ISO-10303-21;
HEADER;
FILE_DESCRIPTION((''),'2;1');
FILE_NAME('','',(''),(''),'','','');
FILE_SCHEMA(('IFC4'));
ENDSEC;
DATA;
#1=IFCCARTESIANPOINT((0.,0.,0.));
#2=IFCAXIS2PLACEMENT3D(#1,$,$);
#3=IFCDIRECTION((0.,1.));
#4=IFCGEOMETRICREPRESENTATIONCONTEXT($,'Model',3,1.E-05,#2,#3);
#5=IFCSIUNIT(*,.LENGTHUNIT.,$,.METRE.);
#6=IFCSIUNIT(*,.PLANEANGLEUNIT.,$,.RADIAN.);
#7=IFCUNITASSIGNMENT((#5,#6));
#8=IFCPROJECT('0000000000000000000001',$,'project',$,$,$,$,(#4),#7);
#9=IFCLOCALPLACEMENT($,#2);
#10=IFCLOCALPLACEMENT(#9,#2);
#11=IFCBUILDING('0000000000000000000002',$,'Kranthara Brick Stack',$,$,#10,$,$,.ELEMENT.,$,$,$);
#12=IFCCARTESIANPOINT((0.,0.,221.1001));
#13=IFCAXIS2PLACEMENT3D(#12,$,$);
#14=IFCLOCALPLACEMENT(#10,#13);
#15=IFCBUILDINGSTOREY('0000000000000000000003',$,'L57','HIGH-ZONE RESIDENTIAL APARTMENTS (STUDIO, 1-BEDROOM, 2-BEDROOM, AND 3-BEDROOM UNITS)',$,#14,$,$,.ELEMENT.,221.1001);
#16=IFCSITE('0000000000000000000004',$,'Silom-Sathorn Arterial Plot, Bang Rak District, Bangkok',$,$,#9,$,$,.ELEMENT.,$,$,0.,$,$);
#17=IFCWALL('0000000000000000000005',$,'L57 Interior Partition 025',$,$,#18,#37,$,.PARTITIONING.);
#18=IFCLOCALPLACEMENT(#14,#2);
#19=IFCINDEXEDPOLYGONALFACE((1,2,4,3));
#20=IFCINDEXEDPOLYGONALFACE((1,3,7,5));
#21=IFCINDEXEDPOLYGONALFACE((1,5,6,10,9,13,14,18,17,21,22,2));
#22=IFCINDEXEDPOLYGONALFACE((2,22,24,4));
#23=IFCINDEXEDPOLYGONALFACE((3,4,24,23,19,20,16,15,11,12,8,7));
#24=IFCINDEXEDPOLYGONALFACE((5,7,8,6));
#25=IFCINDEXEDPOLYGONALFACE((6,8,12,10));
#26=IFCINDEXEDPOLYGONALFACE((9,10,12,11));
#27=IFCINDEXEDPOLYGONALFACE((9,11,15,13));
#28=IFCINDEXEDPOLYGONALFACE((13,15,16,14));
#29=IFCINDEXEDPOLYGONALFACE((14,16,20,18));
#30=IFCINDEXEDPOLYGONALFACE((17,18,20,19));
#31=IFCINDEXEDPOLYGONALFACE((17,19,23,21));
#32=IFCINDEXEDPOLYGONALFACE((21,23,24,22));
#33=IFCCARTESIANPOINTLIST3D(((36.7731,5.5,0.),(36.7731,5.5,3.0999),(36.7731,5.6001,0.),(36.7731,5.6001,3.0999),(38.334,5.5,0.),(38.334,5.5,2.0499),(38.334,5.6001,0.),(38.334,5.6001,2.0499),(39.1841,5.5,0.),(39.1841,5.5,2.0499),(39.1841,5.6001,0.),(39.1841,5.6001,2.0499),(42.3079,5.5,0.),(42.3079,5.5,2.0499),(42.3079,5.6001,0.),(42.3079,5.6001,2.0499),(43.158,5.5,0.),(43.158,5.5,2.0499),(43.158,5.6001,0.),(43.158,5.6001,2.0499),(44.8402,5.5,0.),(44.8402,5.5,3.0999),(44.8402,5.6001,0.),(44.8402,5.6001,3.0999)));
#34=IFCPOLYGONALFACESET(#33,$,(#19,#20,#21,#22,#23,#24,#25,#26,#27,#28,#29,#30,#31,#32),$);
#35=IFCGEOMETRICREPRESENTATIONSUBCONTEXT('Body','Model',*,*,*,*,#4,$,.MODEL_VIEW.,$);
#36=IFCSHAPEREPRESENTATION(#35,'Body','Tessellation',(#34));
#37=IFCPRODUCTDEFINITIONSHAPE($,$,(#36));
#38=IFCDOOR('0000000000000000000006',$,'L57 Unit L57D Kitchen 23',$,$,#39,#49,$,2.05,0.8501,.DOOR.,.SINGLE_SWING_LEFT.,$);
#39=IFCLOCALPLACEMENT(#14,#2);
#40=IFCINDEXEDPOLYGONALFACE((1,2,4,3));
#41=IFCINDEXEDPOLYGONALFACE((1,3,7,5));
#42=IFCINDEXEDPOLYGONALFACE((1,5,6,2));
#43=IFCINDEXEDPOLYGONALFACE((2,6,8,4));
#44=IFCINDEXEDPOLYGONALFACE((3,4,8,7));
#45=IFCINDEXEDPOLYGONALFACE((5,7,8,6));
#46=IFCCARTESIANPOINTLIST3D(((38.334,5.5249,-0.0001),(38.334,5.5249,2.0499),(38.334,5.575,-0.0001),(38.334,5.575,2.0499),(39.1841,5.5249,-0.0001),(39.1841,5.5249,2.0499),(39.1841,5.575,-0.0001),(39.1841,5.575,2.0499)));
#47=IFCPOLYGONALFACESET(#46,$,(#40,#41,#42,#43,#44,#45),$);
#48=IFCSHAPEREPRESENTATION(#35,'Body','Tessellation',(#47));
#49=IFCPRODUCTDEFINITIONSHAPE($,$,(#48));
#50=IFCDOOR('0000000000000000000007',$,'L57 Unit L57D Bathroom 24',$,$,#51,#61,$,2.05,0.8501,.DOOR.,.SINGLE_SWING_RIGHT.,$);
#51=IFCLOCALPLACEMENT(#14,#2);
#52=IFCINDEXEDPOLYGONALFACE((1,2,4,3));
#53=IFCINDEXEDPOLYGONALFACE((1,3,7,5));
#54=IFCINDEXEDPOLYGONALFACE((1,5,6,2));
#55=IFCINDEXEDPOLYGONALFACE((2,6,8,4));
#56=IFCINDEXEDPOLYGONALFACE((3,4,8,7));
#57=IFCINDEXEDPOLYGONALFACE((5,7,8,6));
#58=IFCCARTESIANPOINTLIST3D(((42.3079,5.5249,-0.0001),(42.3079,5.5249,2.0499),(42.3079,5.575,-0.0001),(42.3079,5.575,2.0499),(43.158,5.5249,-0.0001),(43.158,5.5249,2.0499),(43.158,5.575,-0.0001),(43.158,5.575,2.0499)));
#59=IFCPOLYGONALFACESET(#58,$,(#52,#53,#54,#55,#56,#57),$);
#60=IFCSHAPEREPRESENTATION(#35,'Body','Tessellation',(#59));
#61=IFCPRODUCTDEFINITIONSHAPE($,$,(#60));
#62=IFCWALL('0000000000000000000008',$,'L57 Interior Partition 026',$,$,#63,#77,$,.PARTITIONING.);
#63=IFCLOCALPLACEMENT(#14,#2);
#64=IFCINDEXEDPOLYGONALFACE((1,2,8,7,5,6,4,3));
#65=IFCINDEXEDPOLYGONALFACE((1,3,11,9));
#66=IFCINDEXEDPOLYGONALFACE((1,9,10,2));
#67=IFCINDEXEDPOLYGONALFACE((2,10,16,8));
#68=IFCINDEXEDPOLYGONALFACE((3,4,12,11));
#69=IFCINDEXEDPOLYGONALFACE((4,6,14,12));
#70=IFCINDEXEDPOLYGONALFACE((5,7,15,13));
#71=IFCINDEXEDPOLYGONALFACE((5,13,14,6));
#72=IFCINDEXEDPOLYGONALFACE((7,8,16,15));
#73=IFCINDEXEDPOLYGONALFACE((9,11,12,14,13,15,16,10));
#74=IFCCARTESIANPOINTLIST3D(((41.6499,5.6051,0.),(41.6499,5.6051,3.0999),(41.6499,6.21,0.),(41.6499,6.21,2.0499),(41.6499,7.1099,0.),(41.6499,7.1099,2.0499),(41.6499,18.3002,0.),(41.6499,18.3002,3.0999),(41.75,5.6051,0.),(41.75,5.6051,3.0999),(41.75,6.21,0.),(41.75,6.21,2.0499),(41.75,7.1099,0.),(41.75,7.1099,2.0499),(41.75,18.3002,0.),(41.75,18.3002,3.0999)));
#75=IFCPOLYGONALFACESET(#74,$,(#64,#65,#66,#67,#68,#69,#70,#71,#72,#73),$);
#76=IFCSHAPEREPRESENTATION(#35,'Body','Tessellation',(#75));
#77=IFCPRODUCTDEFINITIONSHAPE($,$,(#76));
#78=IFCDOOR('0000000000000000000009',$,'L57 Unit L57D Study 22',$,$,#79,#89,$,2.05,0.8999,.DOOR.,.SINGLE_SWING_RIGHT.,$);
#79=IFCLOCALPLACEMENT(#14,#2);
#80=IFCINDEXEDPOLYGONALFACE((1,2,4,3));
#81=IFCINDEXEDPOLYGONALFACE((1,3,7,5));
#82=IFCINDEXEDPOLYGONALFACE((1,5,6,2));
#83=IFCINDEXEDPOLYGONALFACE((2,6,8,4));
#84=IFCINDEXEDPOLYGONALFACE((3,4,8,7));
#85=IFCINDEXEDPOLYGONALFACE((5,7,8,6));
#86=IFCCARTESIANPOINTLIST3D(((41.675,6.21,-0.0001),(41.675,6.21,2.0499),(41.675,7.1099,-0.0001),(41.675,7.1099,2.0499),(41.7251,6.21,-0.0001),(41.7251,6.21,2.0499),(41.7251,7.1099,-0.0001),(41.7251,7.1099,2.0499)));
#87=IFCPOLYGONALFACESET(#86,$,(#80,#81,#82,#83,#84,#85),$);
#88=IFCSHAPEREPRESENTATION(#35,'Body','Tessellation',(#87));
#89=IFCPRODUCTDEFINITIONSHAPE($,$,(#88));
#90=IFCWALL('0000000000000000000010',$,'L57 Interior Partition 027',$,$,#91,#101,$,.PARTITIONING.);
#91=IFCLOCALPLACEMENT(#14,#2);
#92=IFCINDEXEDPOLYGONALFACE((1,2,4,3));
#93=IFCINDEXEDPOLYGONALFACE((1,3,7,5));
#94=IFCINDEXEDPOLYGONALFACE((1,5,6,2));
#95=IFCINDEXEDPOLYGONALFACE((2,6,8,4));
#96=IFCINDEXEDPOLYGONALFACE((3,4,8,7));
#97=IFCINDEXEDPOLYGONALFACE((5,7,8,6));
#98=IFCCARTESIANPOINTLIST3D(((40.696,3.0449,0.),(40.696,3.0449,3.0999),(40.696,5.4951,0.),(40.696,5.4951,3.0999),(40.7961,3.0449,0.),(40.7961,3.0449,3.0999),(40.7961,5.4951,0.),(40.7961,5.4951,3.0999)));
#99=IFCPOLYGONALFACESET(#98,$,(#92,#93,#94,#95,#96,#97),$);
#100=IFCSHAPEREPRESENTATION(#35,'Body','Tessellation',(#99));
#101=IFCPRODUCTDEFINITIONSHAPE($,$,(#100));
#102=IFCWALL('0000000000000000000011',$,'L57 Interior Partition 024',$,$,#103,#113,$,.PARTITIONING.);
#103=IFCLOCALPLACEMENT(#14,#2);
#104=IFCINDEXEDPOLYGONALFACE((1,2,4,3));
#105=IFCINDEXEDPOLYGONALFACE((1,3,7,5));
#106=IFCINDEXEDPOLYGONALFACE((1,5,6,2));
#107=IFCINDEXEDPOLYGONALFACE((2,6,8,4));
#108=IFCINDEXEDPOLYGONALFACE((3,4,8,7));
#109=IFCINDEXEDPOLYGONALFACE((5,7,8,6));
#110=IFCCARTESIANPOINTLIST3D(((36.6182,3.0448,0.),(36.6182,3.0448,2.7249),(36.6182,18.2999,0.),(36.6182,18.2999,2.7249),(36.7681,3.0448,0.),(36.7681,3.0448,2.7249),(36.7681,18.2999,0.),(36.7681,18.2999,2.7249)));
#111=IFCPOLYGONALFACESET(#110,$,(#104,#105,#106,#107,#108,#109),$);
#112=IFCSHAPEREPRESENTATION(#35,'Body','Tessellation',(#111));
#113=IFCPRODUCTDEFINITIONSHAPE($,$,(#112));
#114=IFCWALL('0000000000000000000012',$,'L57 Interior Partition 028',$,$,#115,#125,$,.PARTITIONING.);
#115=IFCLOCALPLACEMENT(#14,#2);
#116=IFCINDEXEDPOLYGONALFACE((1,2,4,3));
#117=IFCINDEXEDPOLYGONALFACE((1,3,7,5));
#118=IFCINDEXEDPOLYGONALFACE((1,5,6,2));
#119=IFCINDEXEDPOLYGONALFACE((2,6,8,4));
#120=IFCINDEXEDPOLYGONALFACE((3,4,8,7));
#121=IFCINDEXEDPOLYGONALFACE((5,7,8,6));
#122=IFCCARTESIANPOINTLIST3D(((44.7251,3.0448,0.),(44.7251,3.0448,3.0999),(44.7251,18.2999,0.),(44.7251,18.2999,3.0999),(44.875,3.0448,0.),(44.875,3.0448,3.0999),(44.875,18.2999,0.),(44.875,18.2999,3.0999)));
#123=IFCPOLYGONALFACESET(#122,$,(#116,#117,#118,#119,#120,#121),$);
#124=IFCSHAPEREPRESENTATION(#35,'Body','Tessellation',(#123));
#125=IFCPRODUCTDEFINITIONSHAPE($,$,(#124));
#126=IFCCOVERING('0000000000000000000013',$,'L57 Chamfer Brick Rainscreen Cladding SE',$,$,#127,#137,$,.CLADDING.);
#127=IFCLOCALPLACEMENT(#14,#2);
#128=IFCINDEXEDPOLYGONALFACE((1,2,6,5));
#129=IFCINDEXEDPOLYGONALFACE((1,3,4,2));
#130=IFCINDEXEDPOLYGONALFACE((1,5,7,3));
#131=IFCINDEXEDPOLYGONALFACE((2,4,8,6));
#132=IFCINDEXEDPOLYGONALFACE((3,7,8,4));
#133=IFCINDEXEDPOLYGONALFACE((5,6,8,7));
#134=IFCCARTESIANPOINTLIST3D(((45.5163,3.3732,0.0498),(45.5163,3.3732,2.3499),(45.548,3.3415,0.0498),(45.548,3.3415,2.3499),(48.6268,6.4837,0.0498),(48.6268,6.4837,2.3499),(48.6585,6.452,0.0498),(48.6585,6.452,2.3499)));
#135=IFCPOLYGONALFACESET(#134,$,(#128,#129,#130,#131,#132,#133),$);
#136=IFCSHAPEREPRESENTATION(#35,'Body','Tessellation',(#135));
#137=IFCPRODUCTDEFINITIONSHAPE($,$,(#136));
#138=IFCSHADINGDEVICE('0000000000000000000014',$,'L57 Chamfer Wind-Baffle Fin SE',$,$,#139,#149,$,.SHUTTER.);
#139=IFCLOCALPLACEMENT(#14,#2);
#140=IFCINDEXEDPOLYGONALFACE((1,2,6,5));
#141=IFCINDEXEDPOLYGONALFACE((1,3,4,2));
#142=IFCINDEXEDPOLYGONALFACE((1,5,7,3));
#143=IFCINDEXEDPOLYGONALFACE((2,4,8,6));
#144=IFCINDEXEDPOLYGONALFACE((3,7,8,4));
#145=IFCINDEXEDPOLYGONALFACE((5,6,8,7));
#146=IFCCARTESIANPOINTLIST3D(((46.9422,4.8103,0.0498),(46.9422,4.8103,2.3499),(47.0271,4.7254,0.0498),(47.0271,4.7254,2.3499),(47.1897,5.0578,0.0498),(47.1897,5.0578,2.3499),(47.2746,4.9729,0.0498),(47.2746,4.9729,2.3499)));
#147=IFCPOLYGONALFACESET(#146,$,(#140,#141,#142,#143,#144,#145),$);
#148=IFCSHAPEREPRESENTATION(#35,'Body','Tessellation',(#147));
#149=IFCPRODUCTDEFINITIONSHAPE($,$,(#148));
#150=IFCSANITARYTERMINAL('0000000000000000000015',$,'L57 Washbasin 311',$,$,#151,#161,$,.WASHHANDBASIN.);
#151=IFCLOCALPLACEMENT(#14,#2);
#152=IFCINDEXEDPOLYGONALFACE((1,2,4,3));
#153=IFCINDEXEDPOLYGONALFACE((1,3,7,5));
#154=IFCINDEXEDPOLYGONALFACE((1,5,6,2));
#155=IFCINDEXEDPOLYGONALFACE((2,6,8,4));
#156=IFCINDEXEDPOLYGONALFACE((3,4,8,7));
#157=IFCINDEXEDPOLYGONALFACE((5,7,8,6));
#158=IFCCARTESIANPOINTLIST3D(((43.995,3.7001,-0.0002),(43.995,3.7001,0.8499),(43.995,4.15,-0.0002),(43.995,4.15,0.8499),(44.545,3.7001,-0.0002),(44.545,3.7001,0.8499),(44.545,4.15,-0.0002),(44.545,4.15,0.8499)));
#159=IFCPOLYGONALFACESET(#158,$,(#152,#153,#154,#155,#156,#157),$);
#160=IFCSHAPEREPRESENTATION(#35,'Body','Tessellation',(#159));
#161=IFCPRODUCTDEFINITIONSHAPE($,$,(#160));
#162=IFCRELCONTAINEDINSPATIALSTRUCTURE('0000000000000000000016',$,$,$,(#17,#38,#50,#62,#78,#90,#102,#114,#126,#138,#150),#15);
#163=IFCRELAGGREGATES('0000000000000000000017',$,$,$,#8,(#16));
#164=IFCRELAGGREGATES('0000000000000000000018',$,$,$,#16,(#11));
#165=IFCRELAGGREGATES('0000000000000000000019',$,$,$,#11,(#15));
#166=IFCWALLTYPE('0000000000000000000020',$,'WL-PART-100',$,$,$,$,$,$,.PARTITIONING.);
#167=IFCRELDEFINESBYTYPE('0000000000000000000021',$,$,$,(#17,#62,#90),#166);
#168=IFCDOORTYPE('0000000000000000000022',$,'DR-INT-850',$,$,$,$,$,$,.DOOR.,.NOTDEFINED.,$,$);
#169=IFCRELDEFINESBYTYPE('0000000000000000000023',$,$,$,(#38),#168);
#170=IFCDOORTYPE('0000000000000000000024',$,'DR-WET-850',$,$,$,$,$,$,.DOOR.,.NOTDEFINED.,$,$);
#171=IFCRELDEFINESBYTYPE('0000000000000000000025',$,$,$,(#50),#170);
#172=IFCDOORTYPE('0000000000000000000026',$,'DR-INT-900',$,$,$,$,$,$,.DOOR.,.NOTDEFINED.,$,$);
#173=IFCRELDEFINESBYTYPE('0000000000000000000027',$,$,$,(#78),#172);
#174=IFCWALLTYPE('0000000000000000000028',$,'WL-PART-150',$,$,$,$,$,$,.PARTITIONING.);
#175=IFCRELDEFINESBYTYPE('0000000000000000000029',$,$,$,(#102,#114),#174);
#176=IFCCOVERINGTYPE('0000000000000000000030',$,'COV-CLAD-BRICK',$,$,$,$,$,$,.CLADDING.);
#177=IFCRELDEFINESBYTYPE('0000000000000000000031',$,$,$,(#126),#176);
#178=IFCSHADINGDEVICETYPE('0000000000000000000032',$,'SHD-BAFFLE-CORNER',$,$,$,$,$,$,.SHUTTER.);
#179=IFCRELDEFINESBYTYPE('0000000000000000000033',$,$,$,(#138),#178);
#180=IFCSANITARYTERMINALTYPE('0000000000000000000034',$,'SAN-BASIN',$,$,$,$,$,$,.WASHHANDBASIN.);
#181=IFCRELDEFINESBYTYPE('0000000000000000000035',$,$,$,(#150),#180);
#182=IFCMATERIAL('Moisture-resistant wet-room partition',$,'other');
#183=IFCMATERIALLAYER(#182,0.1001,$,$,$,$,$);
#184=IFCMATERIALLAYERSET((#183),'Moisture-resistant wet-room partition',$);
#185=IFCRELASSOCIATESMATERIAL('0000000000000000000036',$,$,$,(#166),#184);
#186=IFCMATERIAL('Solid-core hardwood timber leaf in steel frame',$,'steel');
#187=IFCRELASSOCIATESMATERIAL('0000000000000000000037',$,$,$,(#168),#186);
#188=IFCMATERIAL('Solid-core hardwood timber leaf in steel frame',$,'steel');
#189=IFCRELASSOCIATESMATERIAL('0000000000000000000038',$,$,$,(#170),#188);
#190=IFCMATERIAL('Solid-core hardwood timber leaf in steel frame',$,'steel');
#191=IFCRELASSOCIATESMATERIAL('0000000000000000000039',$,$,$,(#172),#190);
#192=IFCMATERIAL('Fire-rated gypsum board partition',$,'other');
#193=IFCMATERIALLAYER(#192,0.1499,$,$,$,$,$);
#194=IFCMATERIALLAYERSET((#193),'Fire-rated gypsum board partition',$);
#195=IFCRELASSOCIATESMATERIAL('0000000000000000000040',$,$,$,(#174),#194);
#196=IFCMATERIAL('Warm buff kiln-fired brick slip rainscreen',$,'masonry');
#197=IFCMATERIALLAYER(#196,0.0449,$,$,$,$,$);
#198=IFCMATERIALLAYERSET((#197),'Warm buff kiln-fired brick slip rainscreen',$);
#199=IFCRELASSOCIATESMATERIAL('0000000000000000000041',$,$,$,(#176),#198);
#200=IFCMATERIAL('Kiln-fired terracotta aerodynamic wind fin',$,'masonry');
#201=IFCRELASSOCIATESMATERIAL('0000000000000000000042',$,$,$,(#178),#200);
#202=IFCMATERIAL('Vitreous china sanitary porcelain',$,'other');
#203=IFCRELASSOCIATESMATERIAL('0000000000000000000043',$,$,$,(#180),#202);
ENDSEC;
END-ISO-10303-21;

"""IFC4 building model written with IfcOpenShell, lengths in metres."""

from ifc_helpers import new_model, si_unit, direction, frame, frame_2d, origin, origin_2d, place, context, subcontext, project, spatial, rectangle, extrude, material, layer, layer_set, type_object, element, fill, save


model = new_model("IFC4")

# Units and contexts
model_context = context("Model", 3, precision=1e-05, world=origin(), true_north=direction((0.0, 1.0)))
body_context = subcontext(model_context, "Body", "Model", "MODEL_VIEW")
ifc_project = project(units=[si_unit("LENGTHUNIT", "METRE"), si_unit("PLANEANGLEUNIT", "RADIAN")], contexts=[model_context])

# Site, building, storey
site_placement = place(None, origin())
site = spatial("IfcSite", under=ifc_project, at=site_placement, Name="Silom-Sathorn Arterial Plot, Bang Rak District, Bangkok", CompositionType="ELEMENT", RefElevation=0.0)
building_placement = place(site_placement, origin())
building = spatial("IfcBuilding", under=site, at=building_placement, Name="Kranthara Brick Stack", CompositionType="ELEMENT")
storey_placement = place(building_placement, frame((0.0, 0.0, 221.1001)))
storey = spatial("IfcBuildingStorey", under=building, at=storey_placement, Name="L57", Description="HIGH-ZONE RESIDENTIAL APARTMENTS (STUDIO, 1-BEDROOM, 2-BEDROOM, AND 3-BEDROOM UNITS)", CompositionType="ELEMENT", Elevation=221.1001)

# Wall, openings, doors
ifc_material_1 = material(Name="Moisture-resistant wet-room partition", Category="other")
ifc_layer_1 = layer(ifc_material_1, 0.1001)
ifc_layer_set_1 = layer_set([ifc_layer_1], Name="Moisture-resistant wet-room partition")
wall_type_1 = type_object("IfcWallType", Name="WL-PART-100", PredefinedType="PARTITIONING", material=ifc_layer_set_1)
wall_1_placement = place(storey_placement, frame((36.7729, 5.55, 0.0), z_axis=(0.0, 0.0, 1.0), x_axis=(1.0, 0.0, 0.0)))
wall_1 = element("IfcWall", 1, at=wall_1_placement, inside=storey, type_object=wall_type_1, Name="L57 Interior Partition 025", PredefinedType="PARTITIONING", context=body_context, shape_type="SweptSolid", body=[
    extrude(rectangle(XDim=8.0671, YDim=0.1001, at=frame_2d((4.0337, 0.0))), origin(), (0.0, 0.0, 1.0), 3.0999),
])
opening_1_placement = place(wall_1_placement, frame((1.561, 0.0, 0.0)))
opening_1 = element("IfcOpeningElement", 2, at=opening_1_placement, cuts=wall_1, PredefinedType="OPENING", context=body_context, shape_type="SweptSolid", body=[
    extrude(rectangle(XDim=0.8501, YDim=2.05, at=frame_2d((0.425, 1.0249))), frame((0.0, 0.0601, 0.0), z_axis=(0.0, -1.0, 0.0), x_axis=(1.0, 0.0, 0.0)), (0.0, 0.0, 1.0), 0.1201),
])
opening_2_placement = place(wall_1_placement, frame((5.5349, 0.0, 0.0)))
opening_2 = element("IfcOpeningElement", 3, at=opening_2_placement, cuts=wall_1, PredefinedType="OPENING", context=body_context, shape_type="SweptSolid", body=[
    extrude(rectangle(XDim=0.8501, YDim=2.05, at=frame_2d((0.425, 1.0249))), frame((0.0, 0.0601, 0.0), z_axis=(0.0, -1.0, 0.0), x_axis=(1.0, 0.0, 0.0)), (0.0, 0.0, 1.0), 0.1201),
])
ifc_material_2 = material(Name="Solid-core hardwood timber leaf in steel frame", Category="steel")
door_type_1 = type_object("IfcDoorType", Name="DR-INT-850", OperationType="NOTDEFINED", PredefinedType="DOOR", material=ifc_material_2)
door_1_placement = place(opening_1_placement, origin())
door_1 = element("IfcDoor", 4, at=door_1_placement, inside=storey, type_object=door_type_1, Name="L57 Unit L57D Kitchen 23", OperationType="SINGLE_SWING_LEFT", OverallHeight=2.05, OverallWidth=0.8501, PredefinedType="DOOR", context=body_context, shape_type="SweptSolid", body=[
    extrude(rectangle(XDim=0.8501, YDim=2.05, at=frame_2d((0.425, 1.0249))), frame((0.0, 0.0249, 0.0), z_axis=(0.0, -1.0, 0.0), x_axis=(1.0, 0.0, 0.0)), (0.0, 0.0, 1.0), 0.05),
])
fill(opening_1, door_1)
ifc_material_3 = material(Name="Solid-core hardwood timber leaf in steel frame", Category="steel")
door_type_2 = type_object("IfcDoorType", Name="DR-WET-850", OperationType="NOTDEFINED", PredefinedType="DOOR", material=ifc_material_3)
door_2_placement = place(opening_2_placement, origin())
door_2 = element("IfcDoor", 5, at=door_2_placement, inside=storey, type_object=door_type_2, Name="L57 Unit L57D Bathroom 24", OperationType="SINGLE_SWING_RIGHT", OverallHeight=2.05, OverallWidth=0.8501, PredefinedType="DOOR", context=body_context, shape_type="SweptSolid", body=[
    extrude(rectangle(XDim=0.8501, YDim=2.05, at=frame_2d((0.425, 1.0249))), frame((0.0, 0.0249, 0.0), z_axis=(0.0, -1.0, 0.0), x_axis=(1.0, 0.0, 0.0)), (0.0, 0.0, 1.0), 0.05),
])
fill(opening_2, door_2)

# Wall, opening, door
wall_2_placement = place(storey_placement, frame((41.7, 5.605, 0.0), z_axis=(0.0, 0.0, 1.0), x_axis=(0.0, 1.0, 0.0)))
wall_2 = element("IfcWall", 6, at=wall_2_placement, inside=storey, type_object=wall_type_1, Name="L57 Interior Partition 026", PredefinedType="PARTITIONING", context=body_context, shape_type="SweptSolid", body=[
    extrude(rectangle(XDim=12.6951, YDim=0.1001, at=frame_2d((6.3477, 0.0))), origin(), (0.0, 0.0, 1.0), 3.0999),
])
opening_3_placement = place(wall_2_placement, frame((0.605, 0.0, 0.0)))
opening_3 = element("IfcOpeningElement", 7, at=opening_3_placement, cuts=wall_2, PredefinedType="OPENING", context=body_context, shape_type="SweptSolid", body=[
    extrude(rectangle(XDim=0.8999, YDim=2.05, at=frame_2d((0.45, 1.0249))), frame((0.0, 0.0601, 0.0), z_axis=(0.0, -1.0, 0.0), x_axis=(1.0, 0.0, 0.0)), (0.0, 0.0, 1.0), 0.1201),
])
ifc_material_4 = material(Name="Solid-core hardwood timber leaf in steel frame", Category="steel")
door_type_3 = type_object("IfcDoorType", Name="DR-INT-900", OperationType="NOTDEFINED", PredefinedType="DOOR", material=ifc_material_4)
door_3_placement = place(opening_3_placement, origin())
door_3 = element("IfcDoor", 8, at=door_3_placement, inside=storey, type_object=door_type_3, Name="L57 Unit L57D Study 22", OperationType="SINGLE_SWING_RIGHT", OverallHeight=2.05, OverallWidth=0.8999, PredefinedType="DOOR", context=body_context, shape_type="SweptSolid", body=[
    extrude(rectangle(XDim=0.8999, YDim=2.05, at=frame_2d((0.45, 1.0249))), frame((0.0, 0.0249, 0.0), z_axis=(0.0, -1.0, 0.0), x_axis=(1.0, 0.0, 0.0)), (0.0, 0.0, 1.0), 0.05),
])
fill(opening_3, door_3)

# Walls
wall_3_placement = place(storey_placement, frame((40.7461, 3.0449, 0.0), z_axis=(0.0, 0.0, 1.0), x_axis=(0.0, 1.0, 0.0)))
element("IfcWall", 9, at=wall_3_placement, inside=storey, type_object=wall_type_1, Name="L57 Interior Partition 027", PredefinedType="PARTITIONING", context=body_context, shape_type="SweptSolid", body=[
    extrude(rectangle(XDim=2.4502, YDim=0.1001, at=frame_2d((1.2251, 0.0))), origin(), (0.0, 0.0, 1.0), 3.0999),
])
ifc_material_5 = material(Name="Fire-rated gypsum board partition", Category="other")
ifc_layer_2 = layer(ifc_material_5, 0.1499)
ifc_layer_set_2 = layer_set([ifc_layer_2], Name="Fire-rated gypsum board partition")
wall_type_2 = type_object("IfcWallType", Name="WL-PART-150", PredefinedType="PARTITIONING", material=ifc_layer_set_2)
wall_4_placement = place(storey_placement, frame((36.6931, 3.0449, 0.0), z_axis=(0.0, 0.0, 1.0), x_axis=(0.0, 1.0, 0.0)))
element("IfcWall", 10, at=wall_4_placement, inside=storey, type_object=wall_type_2, Name="L57 Interior Partition 024", PredefinedType="PARTITIONING", context=body_context, shape_type="SweptSolid", body=[
    extrude(rectangle(XDim=15.2551, YDim=0.1499, at=frame_2d((7.6274, 0.0))), origin(), (0.0, 0.0, 1.0), 2.7249),
])
wall_5_placement = place(storey_placement, frame((44.8, 3.0449, 0.0), z_axis=(0.0, 0.0, 1.0), x_axis=(0.0, 1.0, 0.0)))
element("IfcWall", 11, at=wall_5_placement, inside=storey, type_object=wall_type_2, Name="L57 Interior Partition 028", PredefinedType="PARTITIONING", context=body_context, shape_type="SweptSolid", body=[
    extrude(rectangle(XDim=15.2551, YDim=0.1499, at=frame_2d((7.6274, 0.0))), origin(), (0.0, 0.0, 1.0), 3.0999),
])

# Covering
ifc_material_6 = material(Name="Warm buff kiln-fired brick slip rainscreen", Category="masonry")
ifc_layer_3 = layer(ifc_material_6, 0.0449)
ifc_layer_set_3 = layer_set([ifc_layer_3], Name="Warm buff kiln-fired brick slip rainscreen")
covering_type = type_object("IfcCoveringType", Name="COV-CLAD-BRICK", PredefinedType="CLADDING", material=ifc_layer_set_3)
covering_placement = place(storey_placement, frame((47.0874, 4.9126, 0.0498), z_axis=(0.0, 0.0, 1.0), x_axis=(-0.707107, -0.707107, 0.0)))
element("IfcCovering", 12, at=covering_placement, inside=storey, type_object=covering_type, Name="L57 Chamfer Brick Rainscreen Cladding SE", PredefinedType="CLADDING", context=body_context, shape_type="SweptSolid", body=[
    extrude(rectangle(XDim=4.3989, YDim=0.0449, at=origin_2d()), origin(), (0.0, 0.0, 1.0), 2.3),
])

# Shading device
ifc_material_7 = material(Name="Kiln-fired terracotta aerodynamic wind fin", Category="masonry")
shading_device_type = type_object("IfcShadingDeviceType", Name="SHD-BAFFLE-CORNER", PredefinedType="SHUTTER", material=ifc_material_7)
shading_device_placement = place(storey_placement, frame((47.1084, 4.8916, 0.0498), z_axis=(0.0, 0.0, 1.0), x_axis=(-0.707107, -0.707107, 0.0)))
element("IfcShadingDevice", 13, at=shading_device_placement, inside=storey, type_object=shading_device_type, Name="L57 Chamfer Wind-Baffle Fin SE", PredefinedType="SHUTTER", context=body_context, shape_type="SweptSolid", body=[
    extrude(rectangle(XDim=0.3501, YDim=0.1201, at=origin_2d()), origin(), (0.0, 0.0, 1.0), 2.3),
])

# Sanitary terminal
ifc_material_8 = material(Name="Vitreous china sanitary porcelain", Category="other")
sanitary_terminal_type_1 = type_object("IfcSanitaryTerminalType", Name="SAN-BASIN", PredefinedType="WASHHANDBASIN", material=ifc_material_8)
sanitary_terminal_1_placement = place(storey_placement, frame((44.27, 3.925, -0.0002), z_axis=(0.0, 0.0, 1.0), x_axis=(1.0, 0.0, 0.0)))
element("IfcSanitaryTerminal", 14, at=sanitary_terminal_1_placement, inside=storey, type_object=sanitary_terminal_type_1, Name="L57 Washbasin 311", PredefinedType="WASHHANDBASIN", context=body_context, shape_type="SweptSolid", body=[
    extrude(rectangle(XDim=0.55, YDim=0.45, at=origin_2d()), origin(), (0.0, 0.0, 1.0), 0.8501),
])

save(model, "model.ifc")
